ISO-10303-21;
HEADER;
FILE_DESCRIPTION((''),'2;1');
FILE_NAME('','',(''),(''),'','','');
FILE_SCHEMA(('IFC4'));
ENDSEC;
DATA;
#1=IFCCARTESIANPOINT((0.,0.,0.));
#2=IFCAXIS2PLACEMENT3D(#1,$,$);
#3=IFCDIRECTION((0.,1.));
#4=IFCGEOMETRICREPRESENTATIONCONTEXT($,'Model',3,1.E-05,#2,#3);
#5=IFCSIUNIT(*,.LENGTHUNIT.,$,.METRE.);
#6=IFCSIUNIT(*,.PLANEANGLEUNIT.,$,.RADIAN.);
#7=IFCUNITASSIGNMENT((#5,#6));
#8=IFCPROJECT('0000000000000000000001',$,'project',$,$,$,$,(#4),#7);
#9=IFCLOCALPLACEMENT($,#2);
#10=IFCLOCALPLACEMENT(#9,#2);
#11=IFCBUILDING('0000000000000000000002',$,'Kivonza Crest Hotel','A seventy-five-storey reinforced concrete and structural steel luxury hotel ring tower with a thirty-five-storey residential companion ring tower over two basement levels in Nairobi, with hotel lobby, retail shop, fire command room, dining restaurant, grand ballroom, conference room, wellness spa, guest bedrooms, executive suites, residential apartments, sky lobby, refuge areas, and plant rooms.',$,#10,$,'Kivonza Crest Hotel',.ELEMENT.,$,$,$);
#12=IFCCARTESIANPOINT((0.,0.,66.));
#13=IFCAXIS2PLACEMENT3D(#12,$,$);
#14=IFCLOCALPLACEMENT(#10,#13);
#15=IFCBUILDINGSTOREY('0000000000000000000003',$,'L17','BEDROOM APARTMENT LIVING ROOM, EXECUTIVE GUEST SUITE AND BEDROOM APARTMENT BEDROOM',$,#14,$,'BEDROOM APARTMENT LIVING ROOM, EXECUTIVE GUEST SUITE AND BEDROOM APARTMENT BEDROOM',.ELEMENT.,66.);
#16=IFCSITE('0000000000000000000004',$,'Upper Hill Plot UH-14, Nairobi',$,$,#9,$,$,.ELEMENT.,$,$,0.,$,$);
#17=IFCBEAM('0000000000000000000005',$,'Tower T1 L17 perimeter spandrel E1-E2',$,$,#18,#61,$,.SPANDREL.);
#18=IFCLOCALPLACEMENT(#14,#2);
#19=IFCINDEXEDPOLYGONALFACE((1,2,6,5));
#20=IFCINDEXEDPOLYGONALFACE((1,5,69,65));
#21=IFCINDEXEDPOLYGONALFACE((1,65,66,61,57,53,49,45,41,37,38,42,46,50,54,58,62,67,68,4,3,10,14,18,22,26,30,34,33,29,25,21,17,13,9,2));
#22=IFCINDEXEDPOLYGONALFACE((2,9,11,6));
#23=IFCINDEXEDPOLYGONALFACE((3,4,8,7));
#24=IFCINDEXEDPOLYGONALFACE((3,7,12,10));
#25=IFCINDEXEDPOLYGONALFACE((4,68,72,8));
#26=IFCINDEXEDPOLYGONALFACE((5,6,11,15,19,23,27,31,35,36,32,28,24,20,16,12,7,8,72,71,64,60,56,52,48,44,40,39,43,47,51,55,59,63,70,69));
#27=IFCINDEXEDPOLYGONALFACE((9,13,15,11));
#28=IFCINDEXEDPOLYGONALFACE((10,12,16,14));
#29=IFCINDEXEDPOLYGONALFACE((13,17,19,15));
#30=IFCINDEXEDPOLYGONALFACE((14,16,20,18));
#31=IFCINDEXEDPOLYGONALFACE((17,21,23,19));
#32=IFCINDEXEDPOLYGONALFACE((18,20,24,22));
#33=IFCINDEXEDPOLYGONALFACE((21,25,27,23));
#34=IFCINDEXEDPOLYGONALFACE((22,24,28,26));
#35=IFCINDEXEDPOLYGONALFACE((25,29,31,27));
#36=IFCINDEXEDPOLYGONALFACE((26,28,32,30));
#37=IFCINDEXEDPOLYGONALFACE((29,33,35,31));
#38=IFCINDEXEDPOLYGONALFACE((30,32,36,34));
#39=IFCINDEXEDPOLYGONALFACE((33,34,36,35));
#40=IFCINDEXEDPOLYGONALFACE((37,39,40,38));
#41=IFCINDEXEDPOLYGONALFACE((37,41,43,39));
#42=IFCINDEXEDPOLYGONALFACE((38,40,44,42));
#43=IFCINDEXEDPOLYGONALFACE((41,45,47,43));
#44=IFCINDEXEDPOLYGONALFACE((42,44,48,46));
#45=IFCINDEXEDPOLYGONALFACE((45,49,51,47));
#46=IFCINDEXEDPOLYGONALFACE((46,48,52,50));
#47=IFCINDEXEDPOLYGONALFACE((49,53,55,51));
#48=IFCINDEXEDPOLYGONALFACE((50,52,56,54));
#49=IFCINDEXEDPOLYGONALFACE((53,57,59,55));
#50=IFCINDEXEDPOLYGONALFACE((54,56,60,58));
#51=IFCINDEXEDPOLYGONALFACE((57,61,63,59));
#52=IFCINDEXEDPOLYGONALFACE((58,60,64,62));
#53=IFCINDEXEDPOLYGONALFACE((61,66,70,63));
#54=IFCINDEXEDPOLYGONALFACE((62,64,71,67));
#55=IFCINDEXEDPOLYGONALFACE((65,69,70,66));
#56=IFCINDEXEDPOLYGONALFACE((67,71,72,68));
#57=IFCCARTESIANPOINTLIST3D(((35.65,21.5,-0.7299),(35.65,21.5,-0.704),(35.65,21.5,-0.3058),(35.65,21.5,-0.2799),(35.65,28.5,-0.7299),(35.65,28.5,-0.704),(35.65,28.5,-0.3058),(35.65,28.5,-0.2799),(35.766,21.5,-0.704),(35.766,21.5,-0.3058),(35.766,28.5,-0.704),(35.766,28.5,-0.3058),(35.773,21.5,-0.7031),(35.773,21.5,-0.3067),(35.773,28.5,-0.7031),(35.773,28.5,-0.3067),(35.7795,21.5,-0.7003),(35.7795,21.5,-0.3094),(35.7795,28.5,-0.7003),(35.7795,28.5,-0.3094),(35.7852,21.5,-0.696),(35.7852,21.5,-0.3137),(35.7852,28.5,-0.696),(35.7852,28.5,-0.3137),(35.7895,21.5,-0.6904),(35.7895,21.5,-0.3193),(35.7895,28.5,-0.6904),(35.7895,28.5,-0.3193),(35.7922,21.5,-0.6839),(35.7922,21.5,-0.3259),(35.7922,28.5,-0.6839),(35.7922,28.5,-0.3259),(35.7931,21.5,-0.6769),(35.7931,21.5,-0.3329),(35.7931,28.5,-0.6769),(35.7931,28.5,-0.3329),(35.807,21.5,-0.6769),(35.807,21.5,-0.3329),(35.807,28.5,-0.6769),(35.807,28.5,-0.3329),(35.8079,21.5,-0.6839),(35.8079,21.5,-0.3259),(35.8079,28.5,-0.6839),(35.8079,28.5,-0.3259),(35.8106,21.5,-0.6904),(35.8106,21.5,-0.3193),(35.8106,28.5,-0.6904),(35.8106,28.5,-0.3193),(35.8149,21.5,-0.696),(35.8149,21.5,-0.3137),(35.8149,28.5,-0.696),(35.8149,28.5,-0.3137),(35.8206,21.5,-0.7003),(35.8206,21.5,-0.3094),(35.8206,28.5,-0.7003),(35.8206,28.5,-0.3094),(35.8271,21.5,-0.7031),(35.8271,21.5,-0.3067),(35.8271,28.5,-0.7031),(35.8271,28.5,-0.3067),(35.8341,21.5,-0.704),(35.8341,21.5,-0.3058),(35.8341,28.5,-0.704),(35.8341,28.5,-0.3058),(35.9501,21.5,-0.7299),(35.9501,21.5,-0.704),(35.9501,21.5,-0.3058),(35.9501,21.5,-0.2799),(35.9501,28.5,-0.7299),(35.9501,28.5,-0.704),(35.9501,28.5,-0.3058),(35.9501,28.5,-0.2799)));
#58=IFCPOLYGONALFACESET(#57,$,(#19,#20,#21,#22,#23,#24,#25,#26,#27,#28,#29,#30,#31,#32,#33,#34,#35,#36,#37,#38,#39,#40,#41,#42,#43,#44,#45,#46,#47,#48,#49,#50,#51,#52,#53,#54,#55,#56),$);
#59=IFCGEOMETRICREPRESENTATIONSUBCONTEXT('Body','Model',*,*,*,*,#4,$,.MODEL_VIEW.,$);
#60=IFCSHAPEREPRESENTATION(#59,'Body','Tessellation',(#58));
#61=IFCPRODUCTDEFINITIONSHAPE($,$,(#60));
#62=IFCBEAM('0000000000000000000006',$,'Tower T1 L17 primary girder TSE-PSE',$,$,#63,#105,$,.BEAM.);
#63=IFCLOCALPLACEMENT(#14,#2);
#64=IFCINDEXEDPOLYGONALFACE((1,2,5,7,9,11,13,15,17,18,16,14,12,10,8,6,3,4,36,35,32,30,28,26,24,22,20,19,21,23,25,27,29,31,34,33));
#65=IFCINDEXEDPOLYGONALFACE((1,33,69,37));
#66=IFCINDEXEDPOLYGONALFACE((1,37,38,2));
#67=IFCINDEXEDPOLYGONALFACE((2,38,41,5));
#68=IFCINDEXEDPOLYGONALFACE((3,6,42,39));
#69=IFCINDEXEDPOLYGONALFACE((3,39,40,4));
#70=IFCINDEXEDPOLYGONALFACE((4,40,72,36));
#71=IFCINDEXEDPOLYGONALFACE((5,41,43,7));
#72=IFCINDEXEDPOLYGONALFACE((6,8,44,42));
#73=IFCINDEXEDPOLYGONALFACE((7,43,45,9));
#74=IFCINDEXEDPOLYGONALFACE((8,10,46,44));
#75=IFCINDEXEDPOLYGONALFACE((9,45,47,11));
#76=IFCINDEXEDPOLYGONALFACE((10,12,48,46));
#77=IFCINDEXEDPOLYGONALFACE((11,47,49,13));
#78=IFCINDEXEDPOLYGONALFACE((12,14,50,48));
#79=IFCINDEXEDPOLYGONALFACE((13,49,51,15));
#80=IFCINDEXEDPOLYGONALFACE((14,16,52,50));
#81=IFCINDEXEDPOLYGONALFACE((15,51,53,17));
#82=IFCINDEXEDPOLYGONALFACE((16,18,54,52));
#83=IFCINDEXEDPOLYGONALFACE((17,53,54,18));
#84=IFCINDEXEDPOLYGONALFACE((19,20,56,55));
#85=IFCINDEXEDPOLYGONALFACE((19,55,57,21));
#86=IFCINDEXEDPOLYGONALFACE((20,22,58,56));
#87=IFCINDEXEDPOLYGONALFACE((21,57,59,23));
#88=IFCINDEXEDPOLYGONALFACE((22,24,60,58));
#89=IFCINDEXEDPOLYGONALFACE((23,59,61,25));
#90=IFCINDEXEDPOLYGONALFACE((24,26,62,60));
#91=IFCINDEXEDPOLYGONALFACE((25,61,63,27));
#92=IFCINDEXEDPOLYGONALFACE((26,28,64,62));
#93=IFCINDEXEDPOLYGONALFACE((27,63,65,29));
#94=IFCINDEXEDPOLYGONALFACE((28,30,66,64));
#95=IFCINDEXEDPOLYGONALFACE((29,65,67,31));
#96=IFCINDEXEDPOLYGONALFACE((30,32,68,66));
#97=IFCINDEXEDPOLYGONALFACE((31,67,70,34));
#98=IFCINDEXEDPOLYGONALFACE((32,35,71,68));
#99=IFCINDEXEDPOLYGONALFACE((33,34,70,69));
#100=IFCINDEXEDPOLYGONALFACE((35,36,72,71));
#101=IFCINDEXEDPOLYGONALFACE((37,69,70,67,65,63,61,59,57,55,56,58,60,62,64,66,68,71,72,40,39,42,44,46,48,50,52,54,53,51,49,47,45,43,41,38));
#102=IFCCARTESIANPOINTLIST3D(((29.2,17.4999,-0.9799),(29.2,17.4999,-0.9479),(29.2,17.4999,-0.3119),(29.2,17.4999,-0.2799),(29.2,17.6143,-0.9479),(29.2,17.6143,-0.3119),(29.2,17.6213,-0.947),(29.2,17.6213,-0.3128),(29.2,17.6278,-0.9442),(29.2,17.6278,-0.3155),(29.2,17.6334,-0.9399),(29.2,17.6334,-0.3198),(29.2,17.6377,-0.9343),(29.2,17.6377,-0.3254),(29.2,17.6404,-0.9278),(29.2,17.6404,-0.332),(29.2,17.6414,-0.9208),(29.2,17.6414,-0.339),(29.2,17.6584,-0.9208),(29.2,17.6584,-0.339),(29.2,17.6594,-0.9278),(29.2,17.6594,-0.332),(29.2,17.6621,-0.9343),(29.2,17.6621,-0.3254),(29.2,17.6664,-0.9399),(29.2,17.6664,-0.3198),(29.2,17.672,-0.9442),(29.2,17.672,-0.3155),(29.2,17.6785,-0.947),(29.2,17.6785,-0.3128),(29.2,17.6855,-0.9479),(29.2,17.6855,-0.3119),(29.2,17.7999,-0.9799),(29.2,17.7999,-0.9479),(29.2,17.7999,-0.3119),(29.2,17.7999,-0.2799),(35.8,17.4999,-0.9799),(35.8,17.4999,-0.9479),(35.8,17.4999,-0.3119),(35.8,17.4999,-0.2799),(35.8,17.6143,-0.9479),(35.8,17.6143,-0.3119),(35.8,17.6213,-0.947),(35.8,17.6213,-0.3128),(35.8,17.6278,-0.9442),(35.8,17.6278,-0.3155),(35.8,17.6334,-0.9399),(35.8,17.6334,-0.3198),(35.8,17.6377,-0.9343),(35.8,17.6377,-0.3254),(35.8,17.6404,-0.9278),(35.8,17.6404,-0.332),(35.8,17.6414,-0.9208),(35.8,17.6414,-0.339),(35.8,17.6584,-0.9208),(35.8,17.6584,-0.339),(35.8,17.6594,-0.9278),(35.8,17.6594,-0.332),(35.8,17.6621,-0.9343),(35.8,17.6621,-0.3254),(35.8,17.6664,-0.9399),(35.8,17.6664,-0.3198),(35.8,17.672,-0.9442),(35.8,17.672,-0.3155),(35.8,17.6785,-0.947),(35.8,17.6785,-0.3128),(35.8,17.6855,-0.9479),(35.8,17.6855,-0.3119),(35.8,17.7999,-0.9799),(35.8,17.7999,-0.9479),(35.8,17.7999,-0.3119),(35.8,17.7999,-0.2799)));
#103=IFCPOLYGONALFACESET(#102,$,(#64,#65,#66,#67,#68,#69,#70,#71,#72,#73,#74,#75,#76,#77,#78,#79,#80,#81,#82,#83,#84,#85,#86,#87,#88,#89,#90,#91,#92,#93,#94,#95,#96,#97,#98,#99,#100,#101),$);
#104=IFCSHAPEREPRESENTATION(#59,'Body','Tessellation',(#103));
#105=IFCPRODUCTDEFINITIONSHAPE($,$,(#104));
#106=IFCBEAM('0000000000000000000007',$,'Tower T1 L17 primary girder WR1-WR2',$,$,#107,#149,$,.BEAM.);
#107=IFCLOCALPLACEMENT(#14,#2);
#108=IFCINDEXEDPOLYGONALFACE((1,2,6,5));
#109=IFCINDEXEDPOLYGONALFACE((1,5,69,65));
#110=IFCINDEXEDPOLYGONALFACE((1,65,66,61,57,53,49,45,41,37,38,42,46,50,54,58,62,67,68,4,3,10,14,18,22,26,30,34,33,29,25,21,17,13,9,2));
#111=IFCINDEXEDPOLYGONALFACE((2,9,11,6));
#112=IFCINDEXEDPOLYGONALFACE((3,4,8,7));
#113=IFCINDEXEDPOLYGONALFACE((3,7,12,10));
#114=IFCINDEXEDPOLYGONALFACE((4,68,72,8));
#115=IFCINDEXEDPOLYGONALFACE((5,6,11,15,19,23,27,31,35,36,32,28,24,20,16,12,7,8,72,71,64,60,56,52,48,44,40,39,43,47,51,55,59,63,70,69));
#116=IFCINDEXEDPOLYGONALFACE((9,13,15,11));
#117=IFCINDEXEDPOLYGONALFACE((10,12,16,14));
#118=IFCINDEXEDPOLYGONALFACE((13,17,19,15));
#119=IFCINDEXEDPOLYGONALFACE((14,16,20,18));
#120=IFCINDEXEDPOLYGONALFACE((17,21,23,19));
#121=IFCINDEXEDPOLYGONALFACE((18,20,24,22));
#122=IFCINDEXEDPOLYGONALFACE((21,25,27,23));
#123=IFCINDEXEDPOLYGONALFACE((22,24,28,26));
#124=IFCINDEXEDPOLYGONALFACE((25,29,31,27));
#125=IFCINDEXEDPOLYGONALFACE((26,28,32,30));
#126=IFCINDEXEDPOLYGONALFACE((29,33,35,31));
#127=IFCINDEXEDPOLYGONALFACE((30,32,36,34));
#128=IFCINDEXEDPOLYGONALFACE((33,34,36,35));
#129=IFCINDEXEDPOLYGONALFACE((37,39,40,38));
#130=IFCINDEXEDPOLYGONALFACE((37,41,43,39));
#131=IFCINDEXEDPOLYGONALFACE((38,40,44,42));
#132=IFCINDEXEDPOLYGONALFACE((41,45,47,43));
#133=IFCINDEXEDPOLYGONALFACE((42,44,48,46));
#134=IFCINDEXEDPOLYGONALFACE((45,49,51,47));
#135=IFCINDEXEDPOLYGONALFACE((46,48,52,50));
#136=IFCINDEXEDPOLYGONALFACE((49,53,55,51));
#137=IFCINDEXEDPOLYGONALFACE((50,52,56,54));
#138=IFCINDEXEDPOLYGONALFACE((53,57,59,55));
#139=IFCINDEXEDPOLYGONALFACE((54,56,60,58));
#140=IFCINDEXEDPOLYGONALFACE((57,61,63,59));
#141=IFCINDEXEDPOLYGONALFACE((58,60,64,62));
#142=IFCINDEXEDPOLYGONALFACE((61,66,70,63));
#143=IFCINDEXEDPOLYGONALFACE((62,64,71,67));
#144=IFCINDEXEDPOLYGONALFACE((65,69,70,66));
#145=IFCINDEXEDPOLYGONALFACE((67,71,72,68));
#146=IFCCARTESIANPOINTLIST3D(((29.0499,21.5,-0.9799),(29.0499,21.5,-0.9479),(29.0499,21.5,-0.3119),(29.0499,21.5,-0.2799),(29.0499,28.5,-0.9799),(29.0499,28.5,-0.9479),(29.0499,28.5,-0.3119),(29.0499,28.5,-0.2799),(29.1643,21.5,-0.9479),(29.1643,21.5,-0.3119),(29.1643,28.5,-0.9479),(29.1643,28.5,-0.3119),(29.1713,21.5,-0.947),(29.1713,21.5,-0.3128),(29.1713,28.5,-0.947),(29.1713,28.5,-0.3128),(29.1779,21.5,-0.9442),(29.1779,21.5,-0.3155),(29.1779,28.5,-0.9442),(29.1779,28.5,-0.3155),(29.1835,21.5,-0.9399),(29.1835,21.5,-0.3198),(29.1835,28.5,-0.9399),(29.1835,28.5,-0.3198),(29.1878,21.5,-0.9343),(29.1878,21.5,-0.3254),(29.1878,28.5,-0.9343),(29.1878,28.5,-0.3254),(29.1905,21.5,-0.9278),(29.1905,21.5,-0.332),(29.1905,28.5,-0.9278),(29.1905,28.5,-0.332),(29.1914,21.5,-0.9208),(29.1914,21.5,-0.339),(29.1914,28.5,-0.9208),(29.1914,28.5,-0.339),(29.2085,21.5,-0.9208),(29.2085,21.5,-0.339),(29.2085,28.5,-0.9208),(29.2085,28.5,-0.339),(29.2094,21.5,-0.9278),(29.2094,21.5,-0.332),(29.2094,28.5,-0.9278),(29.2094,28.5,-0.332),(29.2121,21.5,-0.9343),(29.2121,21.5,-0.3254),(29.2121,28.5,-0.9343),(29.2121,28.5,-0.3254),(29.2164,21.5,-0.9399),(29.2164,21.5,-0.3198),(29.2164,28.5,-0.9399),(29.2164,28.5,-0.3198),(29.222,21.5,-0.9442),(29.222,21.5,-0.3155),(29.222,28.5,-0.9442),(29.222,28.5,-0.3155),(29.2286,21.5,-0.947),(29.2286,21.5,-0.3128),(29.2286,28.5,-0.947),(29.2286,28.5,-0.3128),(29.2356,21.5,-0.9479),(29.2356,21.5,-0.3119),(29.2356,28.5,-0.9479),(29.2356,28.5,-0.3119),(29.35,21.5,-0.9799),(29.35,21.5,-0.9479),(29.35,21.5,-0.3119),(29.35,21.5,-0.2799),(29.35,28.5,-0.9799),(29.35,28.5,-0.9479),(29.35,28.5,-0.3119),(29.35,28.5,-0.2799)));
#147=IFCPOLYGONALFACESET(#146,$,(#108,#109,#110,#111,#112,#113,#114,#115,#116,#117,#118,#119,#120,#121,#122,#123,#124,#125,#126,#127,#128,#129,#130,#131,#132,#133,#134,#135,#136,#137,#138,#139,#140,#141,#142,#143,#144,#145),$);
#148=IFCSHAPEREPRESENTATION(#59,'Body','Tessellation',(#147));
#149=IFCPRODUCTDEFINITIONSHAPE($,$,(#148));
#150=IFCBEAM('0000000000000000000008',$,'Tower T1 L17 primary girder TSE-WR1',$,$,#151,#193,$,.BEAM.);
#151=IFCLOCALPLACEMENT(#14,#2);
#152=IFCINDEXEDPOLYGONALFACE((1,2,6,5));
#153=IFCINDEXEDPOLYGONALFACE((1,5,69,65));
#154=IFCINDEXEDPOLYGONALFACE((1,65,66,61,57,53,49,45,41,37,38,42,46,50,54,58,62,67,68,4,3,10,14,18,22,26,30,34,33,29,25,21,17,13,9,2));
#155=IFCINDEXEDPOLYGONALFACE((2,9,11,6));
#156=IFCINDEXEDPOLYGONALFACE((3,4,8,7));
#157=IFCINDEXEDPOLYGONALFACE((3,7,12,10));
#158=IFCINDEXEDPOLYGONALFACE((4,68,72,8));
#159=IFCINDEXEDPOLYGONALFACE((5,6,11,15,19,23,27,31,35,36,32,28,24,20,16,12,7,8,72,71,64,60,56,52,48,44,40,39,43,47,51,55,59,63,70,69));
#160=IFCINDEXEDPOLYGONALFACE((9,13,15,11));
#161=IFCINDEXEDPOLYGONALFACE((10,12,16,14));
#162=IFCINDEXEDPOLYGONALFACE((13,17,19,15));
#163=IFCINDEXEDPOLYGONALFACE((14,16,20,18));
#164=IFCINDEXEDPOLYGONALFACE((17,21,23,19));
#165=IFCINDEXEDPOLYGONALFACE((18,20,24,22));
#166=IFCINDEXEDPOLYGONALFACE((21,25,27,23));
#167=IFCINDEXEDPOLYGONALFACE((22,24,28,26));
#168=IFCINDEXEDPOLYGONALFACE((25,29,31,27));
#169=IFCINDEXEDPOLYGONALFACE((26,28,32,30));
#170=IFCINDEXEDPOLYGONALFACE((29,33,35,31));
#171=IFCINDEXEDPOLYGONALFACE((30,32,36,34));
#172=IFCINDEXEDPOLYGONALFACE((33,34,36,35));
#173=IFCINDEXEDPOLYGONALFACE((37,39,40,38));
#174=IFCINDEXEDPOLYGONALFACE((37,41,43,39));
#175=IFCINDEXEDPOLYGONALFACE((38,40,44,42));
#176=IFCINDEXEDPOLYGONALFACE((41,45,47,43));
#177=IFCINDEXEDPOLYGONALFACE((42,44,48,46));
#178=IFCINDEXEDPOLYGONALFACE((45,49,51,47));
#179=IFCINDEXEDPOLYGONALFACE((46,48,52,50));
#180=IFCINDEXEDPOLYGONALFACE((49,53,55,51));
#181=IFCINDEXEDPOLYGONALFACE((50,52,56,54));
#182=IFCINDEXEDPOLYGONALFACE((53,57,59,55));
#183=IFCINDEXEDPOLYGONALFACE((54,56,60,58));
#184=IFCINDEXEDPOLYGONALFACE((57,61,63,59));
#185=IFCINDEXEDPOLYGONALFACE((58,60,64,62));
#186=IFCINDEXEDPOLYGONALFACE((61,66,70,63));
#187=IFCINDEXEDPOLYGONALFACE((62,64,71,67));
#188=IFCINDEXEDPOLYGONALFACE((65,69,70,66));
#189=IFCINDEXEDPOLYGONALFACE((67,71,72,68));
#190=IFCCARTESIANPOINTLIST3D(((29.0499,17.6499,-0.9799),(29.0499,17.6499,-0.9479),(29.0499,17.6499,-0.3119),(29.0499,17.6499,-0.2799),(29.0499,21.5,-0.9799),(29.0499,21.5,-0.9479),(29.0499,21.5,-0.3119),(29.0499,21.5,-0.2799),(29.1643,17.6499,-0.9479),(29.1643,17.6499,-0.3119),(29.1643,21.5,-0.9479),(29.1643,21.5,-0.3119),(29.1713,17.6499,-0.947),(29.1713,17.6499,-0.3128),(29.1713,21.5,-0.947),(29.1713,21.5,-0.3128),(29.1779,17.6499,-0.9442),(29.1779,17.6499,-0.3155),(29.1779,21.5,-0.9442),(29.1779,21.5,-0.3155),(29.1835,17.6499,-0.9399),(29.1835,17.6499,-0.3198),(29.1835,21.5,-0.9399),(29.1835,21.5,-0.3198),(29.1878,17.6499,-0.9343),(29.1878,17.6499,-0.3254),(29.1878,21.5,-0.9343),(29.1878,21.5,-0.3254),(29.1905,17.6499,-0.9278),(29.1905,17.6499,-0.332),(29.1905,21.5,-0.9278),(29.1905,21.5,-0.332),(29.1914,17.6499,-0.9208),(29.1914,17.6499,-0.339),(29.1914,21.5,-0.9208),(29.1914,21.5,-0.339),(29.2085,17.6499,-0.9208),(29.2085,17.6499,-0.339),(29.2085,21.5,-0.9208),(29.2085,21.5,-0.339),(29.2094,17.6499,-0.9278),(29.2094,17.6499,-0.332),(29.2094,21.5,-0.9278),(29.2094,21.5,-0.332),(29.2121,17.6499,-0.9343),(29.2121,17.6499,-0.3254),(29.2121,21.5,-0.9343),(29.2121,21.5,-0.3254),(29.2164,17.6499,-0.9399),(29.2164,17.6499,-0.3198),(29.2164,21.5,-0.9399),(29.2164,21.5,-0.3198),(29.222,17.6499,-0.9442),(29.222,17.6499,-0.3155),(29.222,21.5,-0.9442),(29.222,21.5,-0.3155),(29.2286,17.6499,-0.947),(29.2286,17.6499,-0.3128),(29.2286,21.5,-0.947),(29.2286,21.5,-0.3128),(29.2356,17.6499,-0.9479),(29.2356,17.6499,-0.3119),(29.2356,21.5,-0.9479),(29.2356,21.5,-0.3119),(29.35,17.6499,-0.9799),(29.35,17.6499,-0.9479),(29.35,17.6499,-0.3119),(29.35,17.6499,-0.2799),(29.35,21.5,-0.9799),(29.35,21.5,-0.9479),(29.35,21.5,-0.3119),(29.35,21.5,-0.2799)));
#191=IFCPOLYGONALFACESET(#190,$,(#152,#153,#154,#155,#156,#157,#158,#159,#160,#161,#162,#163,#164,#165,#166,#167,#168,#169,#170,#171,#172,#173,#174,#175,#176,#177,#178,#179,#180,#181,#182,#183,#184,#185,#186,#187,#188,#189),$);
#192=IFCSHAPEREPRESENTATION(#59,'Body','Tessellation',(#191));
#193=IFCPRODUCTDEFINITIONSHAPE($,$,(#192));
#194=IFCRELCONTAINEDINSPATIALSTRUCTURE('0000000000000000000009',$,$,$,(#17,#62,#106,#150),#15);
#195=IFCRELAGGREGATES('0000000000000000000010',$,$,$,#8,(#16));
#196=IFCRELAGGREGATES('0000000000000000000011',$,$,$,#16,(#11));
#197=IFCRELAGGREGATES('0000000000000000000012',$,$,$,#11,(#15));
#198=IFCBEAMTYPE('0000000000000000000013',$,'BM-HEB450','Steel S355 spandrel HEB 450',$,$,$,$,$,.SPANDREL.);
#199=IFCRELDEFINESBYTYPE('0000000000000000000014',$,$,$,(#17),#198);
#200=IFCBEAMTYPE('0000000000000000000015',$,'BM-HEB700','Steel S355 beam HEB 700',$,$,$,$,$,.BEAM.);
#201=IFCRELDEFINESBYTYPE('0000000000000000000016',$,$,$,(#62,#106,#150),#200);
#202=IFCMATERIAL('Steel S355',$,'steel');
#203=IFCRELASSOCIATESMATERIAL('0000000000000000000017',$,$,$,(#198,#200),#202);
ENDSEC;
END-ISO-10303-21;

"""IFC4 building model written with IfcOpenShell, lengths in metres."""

from ifc_helpers import new_model, si_unit, direction, frame, origin, origin_2d, place, context, subcontext, project, spatial, i_section, extrude, material, material_profile, profile_set, type_object, element, save


model = new_model("IFC4")

# Units and contexts
model_context = context("Model", 3, precision=1e-05, world=origin(), true_north=direction((0.0, 1.0)))
body_context = subcontext(model_context, "Body", "Model", "MODEL_VIEW")
ifc_project = project(units=[si_unit("LENGTHUNIT", "METRE"), si_unit("PLANEANGLEUNIT", "RADIAN")], contexts=[model_context])

# Site, building, storey
site_placement = place(None, origin())
site = spatial("IfcSite", under=ifc_project, at=site_placement, Name="Upper Hill Plot UH-14, Nairobi", CompositionType="ELEMENT", RefElevation=0.0)
building_placement = place(site_placement, origin())
building = spatial("IfcBuilding", under=site, at=building_placement, Name="Kivonza Crest Hotel", Description="A seventy-five-storey reinforced concrete and structural steel luxury hotel ring tower with a thirty-five-storey residential companion ring tower over two basement levels in Nairobi, with hotel lobby, retail shop, fire command room, dining restaurant, grand ballroom, conference room, wellness spa, guest bedrooms, executive suites, residential apartments, sky lobby, refuge areas, and plant rooms.", LongName="Kivonza Crest Hotel", CompositionType="ELEMENT")
storey_placement = place(building_placement, frame((0.0, 0.0, 66.0)))
storey = spatial("IfcBuildingStorey", under=building, at=storey_placement, Name="L17", Description="BEDROOM APARTMENT LIVING ROOM, EXECUTIVE GUEST SUITE AND BEDROOM APARTMENT BEDROOM", LongName="BEDROOM APARTMENT LIVING ROOM, EXECUTIVE GUEST SUITE AND BEDROOM APARTMENT BEDROOM", CompositionType="ELEMENT", Elevation=66.0)

# Beams
ifc_material_1 = material(Name="Steel S355", Category="steel")
ifc_material_profile_1 = material_profile(ifc_material_1, i_section(OverallWidth=0.3, OverallDepth=0.45, WebThickness=0.0139, FlangeThickness=0.0259, FilletRadius=0.0271, at=origin_2d()), Name="HEB 450")
ifc_profile_set_1 = profile_set([ifc_material_profile_1], Name="Steel S355")
beam_type_1 = type_object("IfcBeamType", Name="BM-HEB450", Description="Steel S355 spandrel HEB 450", PredefinedType="SPANDREL", material=ifc_profile_set_1)
beam_1_placement = place(storey_placement, frame((35.8, 21.5, -0.5049), z_axis=(0.0, 1.0, 0.0), x_axis=(-1.0, 0.0, 0.0)))
element("IfcBeam", 1, at=beam_1_placement, inside=storey, type_object=beam_type_1, Name="Tower T1 L17 perimeter spandrel E1-E2", PredefinedType="SPANDREL", context=body_context, shape_type="SweptSolid", body=[
    extrude(i_section(OverallWidth=0.3, OverallDepth=0.45, WebThickness=0.0139, FlangeThickness=0.0259, FilletRadius=0.0271, at=origin_2d()), origin(), (0.0, 0.0, 1.0), 7.0),
])
ifc_material_profile_2 = material_profile(ifc_material_1, i_section(OverallWidth=0.3, OverallDepth=0.7, WebThickness=0.0171, FlangeThickness=0.032, FilletRadius=0.0271, at=origin_2d()), Name="HEB 700")
ifc_profile_set_2 = profile_set([ifc_material_profile_2], Name="Steel S355")
beam_type_2 = type_object("IfcBeamType", Name="BM-HEB700", Description="Steel S355 beam HEB 700", PredefinedType="BEAM", material=ifc_profile_set_2)
beam_2_placement = place(storey_placement, frame((29.2, 17.6499, -0.6299), z_axis=(1.0, 0.0, 0.0), x_axis=(0.0, 1.0, 0.0)))
element("IfcBeam", 2, at=beam_2_placement, inside=storey, type_object=beam_type_2, Name="Tower T1 L17 primary girder TSE-PSE", PredefinedType="BEAM", context=body_context, shape_type="SweptSolid", body=[
    extrude(i_section(OverallWidth=0.3, OverallDepth=0.7, WebThickness=0.0171, FlangeThickness=0.032, FilletRadius=0.0271, at=origin_2d()), origin(), (0.0, 0.0, 1.0), 6.6001),
])
beam_3_placement = place(storey_placement, frame((29.2, 21.5, -0.6299), z_axis=(0.0, 1.0, 0.0), x_axis=(-1.0, 0.0, 0.0)))
element("IfcBeam", 3, at=beam_3_placement, inside=storey, type_object=beam_type_2, Name="Tower T1 L17 primary girder WR1-WR2", PredefinedType="BEAM", context=body_context, shape_type="SweptSolid", body=[
    extrude(i_section(OverallWidth=0.3, OverallDepth=0.7, WebThickness=0.0171, FlangeThickness=0.032, FilletRadius=0.0271, at=origin_2d()), origin(), (0.0, 0.0, 1.0), 7.0),
])
beam_4_placement = place(storey_placement, frame((29.2, 17.6499, -0.6299), z_axis=(0.0, 1.0, 0.0), x_axis=(-1.0, 0.0, 0.0)))
element("IfcBeam", 4, at=beam_4_placement, inside=storey, type_object=beam_type_2, Name="Tower T1 L17 primary girder TSE-WR1", PredefinedType="BEAM", context=body_context, shape_type="SweptSolid", body=[
    extrude(i_section(OverallWidth=0.3, OverallDepth=0.7, WebThickness=0.0171, FlangeThickness=0.032, FilletRadius=0.0271, at=origin_2d()), origin(), (0.0, 0.0, 1.0), 3.8501),
])

save(model, "model.ifc")
